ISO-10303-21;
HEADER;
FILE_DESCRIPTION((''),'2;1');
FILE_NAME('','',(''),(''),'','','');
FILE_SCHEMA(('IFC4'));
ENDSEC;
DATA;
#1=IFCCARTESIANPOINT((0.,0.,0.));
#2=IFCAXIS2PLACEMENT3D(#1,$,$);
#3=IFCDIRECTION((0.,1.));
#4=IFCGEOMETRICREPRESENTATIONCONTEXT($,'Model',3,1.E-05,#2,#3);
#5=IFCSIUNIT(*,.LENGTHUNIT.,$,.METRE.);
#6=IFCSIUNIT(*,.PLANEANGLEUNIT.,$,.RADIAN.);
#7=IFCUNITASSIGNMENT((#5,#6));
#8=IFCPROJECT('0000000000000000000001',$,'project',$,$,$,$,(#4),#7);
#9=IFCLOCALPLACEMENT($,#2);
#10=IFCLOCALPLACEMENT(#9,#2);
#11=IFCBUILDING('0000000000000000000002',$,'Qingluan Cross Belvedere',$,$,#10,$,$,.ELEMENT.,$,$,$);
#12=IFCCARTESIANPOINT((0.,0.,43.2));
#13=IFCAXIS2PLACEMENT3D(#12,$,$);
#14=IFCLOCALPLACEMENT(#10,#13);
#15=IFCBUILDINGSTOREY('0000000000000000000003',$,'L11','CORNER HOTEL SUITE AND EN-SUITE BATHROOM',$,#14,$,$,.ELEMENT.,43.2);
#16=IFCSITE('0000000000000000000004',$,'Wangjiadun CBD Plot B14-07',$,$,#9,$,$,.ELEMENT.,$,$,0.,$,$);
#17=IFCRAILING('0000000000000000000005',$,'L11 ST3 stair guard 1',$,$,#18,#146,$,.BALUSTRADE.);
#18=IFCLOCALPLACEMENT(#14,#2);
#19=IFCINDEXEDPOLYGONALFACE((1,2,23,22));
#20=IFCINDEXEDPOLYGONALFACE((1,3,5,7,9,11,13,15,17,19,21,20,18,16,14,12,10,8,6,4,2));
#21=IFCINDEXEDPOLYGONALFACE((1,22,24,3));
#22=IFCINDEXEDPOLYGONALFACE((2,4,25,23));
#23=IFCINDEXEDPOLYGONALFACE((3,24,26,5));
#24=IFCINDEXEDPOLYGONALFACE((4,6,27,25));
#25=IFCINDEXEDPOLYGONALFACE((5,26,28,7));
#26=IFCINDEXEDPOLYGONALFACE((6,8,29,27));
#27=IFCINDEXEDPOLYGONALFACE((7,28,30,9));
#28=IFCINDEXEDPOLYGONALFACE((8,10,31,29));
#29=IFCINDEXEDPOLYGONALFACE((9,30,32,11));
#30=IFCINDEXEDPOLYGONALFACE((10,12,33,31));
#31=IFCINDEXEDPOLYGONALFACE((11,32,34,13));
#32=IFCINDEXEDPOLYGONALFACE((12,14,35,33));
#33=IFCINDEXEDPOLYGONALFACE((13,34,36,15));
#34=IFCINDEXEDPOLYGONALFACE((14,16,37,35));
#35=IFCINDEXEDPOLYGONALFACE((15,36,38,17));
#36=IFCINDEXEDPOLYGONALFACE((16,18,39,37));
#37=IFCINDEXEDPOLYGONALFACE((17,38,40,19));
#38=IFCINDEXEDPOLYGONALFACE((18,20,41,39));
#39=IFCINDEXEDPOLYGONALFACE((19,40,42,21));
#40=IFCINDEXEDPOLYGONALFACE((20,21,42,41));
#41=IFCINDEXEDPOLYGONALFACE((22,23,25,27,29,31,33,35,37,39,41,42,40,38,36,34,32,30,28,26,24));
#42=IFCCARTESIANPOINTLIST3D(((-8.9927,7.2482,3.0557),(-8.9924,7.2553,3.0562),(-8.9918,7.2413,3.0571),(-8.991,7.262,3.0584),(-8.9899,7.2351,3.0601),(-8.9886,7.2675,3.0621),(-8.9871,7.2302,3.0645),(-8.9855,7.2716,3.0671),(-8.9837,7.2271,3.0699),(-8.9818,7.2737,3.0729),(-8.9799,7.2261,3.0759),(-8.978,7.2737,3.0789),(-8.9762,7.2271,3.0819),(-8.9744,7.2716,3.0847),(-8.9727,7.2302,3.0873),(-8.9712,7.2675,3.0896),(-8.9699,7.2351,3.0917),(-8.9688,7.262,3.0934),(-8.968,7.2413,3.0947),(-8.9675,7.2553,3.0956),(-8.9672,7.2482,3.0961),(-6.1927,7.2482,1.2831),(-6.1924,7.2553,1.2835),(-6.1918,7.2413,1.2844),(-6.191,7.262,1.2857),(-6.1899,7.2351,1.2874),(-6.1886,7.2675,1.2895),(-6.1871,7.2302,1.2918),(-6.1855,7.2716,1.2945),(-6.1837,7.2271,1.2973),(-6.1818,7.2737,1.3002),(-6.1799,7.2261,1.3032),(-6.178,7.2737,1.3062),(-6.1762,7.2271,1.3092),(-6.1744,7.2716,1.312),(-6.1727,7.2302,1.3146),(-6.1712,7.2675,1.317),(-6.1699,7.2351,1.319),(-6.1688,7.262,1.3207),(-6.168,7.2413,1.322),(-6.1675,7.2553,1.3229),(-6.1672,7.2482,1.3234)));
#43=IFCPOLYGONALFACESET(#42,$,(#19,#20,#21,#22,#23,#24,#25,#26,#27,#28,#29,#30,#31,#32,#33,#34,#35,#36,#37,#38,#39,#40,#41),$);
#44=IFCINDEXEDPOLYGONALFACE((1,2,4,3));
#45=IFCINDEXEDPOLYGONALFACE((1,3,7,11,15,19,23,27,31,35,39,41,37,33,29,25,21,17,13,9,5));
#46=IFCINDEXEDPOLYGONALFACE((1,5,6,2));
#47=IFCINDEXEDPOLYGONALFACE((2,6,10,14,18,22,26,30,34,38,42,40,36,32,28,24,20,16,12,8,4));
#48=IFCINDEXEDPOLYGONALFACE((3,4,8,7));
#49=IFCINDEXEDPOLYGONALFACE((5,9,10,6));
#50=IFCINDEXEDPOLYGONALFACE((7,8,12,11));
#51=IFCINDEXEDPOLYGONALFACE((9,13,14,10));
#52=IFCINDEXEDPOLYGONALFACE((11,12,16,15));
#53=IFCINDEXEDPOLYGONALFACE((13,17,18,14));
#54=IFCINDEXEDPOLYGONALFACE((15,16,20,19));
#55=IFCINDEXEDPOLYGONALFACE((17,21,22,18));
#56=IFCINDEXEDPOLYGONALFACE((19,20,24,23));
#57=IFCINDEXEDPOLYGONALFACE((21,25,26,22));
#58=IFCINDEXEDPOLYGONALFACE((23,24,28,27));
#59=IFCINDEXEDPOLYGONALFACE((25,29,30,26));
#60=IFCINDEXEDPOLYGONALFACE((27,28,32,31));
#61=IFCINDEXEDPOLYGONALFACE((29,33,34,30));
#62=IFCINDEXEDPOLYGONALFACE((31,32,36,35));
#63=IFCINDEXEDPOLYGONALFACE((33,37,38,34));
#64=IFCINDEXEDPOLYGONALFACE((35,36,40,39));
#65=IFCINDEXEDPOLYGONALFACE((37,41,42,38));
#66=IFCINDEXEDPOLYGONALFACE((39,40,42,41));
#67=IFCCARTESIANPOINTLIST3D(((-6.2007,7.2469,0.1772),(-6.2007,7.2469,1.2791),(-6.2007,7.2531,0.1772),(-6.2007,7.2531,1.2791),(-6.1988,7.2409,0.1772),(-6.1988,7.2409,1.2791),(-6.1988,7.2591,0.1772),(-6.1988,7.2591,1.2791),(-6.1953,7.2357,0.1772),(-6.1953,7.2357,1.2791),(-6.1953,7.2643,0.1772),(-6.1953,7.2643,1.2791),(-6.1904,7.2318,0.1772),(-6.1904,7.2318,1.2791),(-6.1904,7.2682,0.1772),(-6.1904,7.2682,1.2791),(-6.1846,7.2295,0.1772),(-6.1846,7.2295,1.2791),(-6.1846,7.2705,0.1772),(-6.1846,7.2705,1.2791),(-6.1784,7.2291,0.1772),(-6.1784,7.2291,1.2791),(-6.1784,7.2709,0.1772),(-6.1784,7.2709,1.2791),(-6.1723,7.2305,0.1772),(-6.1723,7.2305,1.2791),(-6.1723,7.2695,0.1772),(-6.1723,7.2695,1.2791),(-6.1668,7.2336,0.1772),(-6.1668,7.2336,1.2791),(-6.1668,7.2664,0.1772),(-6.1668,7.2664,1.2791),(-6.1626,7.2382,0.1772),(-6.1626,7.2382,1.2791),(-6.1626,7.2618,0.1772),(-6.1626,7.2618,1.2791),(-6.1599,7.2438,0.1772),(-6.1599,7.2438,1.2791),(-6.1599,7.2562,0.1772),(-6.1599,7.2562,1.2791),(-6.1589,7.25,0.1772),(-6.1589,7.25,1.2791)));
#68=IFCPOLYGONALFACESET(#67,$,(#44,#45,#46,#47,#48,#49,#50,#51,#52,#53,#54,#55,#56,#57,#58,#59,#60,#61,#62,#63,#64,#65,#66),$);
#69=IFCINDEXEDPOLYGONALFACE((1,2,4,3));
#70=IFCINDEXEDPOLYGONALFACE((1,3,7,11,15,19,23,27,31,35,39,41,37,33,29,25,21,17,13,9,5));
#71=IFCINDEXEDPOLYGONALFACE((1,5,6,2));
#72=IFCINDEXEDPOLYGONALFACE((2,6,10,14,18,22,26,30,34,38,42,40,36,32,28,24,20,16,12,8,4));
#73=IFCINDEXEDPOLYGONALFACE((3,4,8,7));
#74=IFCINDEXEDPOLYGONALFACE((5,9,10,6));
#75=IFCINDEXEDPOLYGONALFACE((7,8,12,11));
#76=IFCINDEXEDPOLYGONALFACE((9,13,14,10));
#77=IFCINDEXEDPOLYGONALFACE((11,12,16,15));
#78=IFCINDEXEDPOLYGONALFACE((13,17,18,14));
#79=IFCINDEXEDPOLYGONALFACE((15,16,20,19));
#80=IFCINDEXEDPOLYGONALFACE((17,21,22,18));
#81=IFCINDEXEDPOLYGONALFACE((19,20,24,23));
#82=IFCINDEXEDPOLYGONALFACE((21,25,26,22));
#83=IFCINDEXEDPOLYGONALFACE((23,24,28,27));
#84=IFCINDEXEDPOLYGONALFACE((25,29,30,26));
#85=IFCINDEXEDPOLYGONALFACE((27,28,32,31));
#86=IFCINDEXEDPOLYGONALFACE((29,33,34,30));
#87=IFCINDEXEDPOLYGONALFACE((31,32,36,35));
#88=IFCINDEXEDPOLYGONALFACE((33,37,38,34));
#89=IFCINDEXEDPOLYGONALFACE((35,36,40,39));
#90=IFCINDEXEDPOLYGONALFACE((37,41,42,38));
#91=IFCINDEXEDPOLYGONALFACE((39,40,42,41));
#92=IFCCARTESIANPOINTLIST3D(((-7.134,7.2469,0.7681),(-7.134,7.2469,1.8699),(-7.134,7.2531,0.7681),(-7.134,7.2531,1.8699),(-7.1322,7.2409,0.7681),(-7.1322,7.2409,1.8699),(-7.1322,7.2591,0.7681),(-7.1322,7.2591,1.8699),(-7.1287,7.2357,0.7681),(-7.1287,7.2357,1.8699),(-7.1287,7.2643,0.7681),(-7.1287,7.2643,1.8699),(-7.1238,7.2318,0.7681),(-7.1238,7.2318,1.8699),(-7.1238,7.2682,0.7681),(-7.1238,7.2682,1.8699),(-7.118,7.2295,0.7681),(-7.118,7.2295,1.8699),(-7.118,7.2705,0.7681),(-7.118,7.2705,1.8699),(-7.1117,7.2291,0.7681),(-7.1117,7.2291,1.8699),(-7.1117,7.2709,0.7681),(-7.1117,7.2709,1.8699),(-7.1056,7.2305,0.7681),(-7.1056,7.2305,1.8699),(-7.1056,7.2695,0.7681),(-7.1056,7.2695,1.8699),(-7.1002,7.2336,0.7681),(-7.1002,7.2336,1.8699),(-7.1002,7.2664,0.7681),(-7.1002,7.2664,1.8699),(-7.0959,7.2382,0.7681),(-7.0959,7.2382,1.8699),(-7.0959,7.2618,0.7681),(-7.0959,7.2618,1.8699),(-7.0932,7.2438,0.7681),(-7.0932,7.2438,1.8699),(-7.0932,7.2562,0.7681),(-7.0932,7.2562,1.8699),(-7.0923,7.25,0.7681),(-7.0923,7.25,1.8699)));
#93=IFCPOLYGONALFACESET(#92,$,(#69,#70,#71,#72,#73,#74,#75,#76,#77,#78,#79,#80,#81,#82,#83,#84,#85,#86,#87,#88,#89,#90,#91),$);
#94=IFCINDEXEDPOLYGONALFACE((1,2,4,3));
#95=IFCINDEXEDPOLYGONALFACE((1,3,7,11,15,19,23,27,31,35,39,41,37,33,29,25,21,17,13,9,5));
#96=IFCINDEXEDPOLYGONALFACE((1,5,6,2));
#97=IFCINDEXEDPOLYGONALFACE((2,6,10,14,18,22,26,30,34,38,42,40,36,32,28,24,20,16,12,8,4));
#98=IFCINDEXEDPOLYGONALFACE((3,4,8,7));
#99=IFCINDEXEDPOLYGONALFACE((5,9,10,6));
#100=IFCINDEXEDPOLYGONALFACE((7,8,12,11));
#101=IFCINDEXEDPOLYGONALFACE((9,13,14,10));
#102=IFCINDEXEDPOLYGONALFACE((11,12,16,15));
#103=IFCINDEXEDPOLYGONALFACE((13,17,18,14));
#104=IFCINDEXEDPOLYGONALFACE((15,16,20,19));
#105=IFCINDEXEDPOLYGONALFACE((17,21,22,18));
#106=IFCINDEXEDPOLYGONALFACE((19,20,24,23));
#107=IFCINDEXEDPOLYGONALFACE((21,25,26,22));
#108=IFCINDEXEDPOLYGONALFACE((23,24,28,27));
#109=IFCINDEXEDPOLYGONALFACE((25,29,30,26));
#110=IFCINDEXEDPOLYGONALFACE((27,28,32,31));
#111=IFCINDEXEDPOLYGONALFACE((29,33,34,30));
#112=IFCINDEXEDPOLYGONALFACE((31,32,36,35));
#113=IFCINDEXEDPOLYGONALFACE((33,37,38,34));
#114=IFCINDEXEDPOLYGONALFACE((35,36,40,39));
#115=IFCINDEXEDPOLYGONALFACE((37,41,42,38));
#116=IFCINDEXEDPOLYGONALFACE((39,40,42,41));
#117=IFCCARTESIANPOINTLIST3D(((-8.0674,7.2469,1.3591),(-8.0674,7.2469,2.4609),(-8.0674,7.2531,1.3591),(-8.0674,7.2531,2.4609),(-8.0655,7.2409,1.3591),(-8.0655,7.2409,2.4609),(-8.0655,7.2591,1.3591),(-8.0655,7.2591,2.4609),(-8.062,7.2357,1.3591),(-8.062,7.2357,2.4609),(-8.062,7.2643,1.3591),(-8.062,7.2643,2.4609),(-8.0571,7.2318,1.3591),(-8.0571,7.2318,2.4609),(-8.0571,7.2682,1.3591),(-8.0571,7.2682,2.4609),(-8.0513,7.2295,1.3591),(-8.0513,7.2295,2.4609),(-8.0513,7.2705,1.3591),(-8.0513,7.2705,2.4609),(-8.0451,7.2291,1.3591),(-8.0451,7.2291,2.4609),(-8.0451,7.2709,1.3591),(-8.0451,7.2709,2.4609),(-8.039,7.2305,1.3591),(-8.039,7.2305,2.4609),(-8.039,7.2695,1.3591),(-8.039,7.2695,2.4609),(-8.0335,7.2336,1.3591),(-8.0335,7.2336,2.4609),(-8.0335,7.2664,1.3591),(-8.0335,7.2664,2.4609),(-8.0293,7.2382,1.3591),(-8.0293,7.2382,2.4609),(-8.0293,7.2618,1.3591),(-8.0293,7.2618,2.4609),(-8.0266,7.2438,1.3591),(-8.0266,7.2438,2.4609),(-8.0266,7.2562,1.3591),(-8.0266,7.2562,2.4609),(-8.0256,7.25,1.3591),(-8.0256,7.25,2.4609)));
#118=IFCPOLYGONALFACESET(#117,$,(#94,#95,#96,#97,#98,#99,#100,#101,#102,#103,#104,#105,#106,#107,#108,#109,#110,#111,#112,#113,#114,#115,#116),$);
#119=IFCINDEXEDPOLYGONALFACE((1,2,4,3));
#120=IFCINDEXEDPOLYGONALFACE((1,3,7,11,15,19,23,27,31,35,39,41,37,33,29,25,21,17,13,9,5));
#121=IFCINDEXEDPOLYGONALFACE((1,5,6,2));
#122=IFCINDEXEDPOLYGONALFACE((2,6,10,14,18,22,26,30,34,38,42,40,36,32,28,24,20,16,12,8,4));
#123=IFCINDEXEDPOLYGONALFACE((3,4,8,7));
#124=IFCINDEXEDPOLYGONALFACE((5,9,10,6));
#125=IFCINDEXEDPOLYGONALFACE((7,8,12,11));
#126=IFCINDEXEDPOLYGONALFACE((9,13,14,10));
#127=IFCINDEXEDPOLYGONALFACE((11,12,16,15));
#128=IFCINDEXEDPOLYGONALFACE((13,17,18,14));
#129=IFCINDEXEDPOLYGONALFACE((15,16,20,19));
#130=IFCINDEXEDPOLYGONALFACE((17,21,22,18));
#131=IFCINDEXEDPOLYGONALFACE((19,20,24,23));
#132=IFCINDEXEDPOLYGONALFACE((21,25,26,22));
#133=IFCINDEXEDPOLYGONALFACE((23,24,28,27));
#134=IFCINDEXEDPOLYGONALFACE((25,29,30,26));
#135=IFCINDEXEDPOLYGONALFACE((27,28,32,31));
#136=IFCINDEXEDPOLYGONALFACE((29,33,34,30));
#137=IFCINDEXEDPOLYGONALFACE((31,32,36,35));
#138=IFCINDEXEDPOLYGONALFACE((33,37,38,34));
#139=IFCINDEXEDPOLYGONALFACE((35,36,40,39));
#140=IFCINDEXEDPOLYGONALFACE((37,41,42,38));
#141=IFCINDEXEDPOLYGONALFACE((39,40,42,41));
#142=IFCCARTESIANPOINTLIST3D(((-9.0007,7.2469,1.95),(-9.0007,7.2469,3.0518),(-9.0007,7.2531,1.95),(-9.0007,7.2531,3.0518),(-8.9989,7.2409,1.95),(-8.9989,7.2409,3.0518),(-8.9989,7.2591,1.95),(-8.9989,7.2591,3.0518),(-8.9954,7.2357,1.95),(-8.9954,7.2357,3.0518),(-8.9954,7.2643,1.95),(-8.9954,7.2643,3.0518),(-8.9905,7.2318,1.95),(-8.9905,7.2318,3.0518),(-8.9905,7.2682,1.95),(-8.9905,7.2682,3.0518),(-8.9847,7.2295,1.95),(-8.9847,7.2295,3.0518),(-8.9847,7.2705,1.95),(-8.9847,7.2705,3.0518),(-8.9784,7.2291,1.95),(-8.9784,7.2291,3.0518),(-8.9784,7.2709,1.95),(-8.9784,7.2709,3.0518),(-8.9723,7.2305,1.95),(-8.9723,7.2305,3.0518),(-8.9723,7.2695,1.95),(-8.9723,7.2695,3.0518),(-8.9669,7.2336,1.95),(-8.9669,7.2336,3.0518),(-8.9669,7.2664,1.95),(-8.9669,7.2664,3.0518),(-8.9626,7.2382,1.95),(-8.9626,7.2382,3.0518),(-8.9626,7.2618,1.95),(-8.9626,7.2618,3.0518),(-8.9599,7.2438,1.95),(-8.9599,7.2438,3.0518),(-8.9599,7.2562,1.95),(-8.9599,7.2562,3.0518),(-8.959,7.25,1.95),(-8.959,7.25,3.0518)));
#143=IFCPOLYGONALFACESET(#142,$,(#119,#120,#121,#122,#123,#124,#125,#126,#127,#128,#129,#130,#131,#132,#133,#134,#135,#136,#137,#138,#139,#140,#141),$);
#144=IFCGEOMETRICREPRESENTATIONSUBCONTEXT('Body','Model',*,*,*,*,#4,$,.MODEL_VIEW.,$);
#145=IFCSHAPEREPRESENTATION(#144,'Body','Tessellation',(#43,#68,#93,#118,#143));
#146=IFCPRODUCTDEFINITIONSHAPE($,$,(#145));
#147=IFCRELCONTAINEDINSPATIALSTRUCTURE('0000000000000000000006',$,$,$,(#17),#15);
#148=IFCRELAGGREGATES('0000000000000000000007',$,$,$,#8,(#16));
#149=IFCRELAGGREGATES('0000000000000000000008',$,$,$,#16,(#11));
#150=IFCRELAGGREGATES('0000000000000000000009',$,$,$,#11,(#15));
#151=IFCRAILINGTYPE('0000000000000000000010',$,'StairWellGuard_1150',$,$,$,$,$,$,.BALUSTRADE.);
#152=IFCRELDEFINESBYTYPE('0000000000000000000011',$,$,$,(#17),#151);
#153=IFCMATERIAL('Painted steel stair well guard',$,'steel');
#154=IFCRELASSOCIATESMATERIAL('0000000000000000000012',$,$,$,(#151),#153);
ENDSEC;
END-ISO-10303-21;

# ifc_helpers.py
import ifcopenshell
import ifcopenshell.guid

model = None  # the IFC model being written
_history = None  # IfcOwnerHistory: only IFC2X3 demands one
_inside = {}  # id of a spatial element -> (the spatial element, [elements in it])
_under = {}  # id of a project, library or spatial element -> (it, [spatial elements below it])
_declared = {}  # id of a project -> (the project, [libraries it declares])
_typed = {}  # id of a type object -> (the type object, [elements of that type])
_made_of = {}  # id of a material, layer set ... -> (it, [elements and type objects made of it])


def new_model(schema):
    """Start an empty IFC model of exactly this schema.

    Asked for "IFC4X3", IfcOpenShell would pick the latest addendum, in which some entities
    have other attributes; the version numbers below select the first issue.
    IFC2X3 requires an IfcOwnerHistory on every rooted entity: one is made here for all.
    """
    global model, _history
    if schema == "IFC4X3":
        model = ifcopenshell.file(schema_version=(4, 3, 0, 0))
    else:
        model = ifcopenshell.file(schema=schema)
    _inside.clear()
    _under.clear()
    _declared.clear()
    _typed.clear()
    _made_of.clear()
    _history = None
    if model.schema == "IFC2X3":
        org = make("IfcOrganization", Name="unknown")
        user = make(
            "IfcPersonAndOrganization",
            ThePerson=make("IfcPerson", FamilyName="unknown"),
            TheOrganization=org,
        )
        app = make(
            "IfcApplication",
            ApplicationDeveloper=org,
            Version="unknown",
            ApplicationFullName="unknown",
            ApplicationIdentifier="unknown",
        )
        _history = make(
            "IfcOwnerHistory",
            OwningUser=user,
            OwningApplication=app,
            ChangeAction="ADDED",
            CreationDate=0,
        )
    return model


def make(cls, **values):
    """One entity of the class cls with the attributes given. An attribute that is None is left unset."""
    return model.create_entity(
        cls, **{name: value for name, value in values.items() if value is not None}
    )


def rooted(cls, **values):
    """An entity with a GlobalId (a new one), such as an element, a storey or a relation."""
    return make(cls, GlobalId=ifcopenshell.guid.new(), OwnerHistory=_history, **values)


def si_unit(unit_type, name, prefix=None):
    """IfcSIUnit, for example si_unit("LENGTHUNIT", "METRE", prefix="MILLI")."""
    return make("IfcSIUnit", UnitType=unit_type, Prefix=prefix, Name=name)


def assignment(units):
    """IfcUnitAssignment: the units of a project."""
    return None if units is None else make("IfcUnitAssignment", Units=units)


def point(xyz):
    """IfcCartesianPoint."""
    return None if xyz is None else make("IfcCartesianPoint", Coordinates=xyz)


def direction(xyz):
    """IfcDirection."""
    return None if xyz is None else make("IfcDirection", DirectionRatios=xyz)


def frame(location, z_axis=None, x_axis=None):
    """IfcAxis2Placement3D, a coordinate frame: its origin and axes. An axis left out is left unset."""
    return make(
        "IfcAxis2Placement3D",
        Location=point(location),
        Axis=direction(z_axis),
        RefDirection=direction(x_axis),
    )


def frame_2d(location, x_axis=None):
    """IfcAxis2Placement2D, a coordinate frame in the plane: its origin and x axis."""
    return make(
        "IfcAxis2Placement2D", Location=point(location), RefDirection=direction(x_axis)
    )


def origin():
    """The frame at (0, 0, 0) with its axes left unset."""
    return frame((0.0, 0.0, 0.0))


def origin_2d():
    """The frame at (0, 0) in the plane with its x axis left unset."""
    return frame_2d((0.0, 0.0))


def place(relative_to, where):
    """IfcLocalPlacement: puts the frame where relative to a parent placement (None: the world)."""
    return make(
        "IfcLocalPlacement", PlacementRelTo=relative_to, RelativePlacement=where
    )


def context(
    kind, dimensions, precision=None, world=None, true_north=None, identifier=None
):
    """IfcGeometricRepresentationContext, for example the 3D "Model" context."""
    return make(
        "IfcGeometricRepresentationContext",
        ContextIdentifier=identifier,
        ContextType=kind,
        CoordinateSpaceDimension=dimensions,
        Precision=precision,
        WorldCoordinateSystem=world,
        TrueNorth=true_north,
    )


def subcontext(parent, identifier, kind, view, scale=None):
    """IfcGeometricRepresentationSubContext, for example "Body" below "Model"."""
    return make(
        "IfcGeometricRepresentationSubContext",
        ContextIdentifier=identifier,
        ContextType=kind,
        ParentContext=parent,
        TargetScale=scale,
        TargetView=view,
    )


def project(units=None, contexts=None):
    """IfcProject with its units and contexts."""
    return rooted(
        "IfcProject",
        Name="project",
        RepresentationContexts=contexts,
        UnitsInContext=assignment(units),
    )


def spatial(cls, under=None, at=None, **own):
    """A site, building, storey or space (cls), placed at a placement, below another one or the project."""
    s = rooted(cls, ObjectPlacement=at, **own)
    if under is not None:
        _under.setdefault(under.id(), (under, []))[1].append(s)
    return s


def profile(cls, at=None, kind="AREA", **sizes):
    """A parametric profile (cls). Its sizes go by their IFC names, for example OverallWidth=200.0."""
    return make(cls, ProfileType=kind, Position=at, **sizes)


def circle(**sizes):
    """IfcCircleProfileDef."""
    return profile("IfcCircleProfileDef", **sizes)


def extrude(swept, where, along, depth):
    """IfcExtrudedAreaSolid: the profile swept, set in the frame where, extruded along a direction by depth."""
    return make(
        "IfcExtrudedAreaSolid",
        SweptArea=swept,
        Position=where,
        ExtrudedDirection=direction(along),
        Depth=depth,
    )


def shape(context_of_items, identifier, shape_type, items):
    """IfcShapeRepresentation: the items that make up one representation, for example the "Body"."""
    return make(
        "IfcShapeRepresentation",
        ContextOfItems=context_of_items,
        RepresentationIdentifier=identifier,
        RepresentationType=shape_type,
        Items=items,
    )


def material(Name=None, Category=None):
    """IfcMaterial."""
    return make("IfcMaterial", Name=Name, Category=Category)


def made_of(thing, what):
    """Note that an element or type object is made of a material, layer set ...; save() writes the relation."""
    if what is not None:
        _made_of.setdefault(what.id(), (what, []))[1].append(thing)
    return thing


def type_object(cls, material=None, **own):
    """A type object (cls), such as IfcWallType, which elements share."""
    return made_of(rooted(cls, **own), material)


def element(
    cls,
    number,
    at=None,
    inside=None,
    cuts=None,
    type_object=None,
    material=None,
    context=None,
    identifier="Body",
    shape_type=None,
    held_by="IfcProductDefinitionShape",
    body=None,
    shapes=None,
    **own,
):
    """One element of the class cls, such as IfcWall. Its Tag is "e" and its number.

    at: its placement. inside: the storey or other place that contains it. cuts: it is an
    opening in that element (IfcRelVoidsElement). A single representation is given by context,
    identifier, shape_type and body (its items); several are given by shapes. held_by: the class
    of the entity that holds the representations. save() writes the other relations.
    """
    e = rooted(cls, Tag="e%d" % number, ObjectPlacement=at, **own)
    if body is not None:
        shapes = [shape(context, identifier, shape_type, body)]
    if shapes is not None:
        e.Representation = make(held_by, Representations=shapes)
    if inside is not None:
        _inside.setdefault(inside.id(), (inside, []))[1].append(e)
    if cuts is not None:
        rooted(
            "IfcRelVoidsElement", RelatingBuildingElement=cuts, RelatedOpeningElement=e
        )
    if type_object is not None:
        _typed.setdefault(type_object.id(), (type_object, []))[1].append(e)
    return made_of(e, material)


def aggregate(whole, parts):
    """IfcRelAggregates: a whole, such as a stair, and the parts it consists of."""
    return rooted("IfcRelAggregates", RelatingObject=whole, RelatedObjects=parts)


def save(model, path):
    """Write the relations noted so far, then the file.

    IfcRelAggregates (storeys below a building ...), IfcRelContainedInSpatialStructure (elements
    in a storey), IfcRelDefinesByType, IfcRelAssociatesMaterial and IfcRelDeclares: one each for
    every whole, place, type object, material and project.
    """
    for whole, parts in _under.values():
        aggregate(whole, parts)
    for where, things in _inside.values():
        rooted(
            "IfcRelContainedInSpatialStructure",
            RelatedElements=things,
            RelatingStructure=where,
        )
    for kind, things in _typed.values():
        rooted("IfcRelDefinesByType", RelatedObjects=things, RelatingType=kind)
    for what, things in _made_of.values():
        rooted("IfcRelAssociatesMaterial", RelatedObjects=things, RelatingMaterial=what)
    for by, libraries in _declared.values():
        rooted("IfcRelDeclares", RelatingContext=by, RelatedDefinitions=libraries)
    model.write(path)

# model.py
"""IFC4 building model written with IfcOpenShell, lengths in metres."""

from ifc_helpers import new_model, si_unit, direction, frame, origin, origin_2d, place, context, subcontext, project, spatial, circle, extrude, material, type_object, element, save


model = new_model("IFC4")

# Units and contexts
model_context = context("Model", 3, precision=1e-05, world=origin(), true_north=direction((0.0, 1.0)))
body_context = subcontext(model_context, "Body", "Model", "MODEL_VIEW")
ifc_project = project(units=[si_unit("LENGTHUNIT", "METRE"), si_unit("PLANEANGLEUNIT", "RADIAN")], contexts=[model_context])

# Site, building, storey
site_placement = place(None, origin())
site = spatial("IfcSite", under=ifc_project, at=site_placement, Name="Wangjiadun CBD Plot B14-07", CompositionType="ELEMENT", RefElevation=0.0)
building_placement = place(site_placement, origin())
building = spatial("IfcBuilding", under=site, at=building_placement, Name="Qingluan Cross Belvedere", CompositionType="ELEMENT")
storey_placement = place(building_placement, frame((0.0, 0.0, 43.2)))
storey = spatial("IfcBuildingStorey", under=building, at=storey_placement, Name="L11", Description="CORNER HOTEL SUITE AND EN-SUITE BATHROOM", CompositionType="ELEMENT", Elevation=43.2)

# Railing
ifc_material_1 = material(Name="Painted steel stair well guard", Category="steel")
railing_type_1 = type_object("IfcRailingType", Name="StairWellGuard_1150", PredefinedType="BALUSTRADE", material=ifc_material_1)
railing_1_placement = place(storey_placement, frame((-6.1799, 7.25, 0.1772)))
element("IfcRailing", 1, at=railing_1_placement, inside=storey, type_object=railing_type_1, Name="L11 ST3 stair guard 1", PredefinedType="BALUSTRADE", context=body_context, shape_type="SweptSolid", body=[
    extrude(circle(Radius=0.0239, at=origin_2d()), frame((0.0, 0.0, 1.126), z_axis=(-0.844909, 0.0, 0.53491), x_axis=(0.0, -1.0, 0.0)), (0.0, 0.0, 1.0), 3.314),
    extrude(circle(Radius=0.021, at=origin_2d()), origin(), (0.0, 0.0, 1.0), 1.1018),
    extrude(circle(Radius=0.021, at=origin_2d()), frame((-0.9333, 0.0, 0.5908)), (0.0, 0.0, 1.0), 1.1018),
    extrude(circle(Radius=0.021, at=origin_2d()), frame((-1.8667, 0.0, 1.1819)), (0.0, 0.0, 1.0), 1.1018),
    extrude(circle(Radius=0.021, at=origin_2d()), frame((-2.8, 0.0, 1.7727)), (0.0, 0.0, 1.0), 1.1018),
])

save(model, "model.ifc")
